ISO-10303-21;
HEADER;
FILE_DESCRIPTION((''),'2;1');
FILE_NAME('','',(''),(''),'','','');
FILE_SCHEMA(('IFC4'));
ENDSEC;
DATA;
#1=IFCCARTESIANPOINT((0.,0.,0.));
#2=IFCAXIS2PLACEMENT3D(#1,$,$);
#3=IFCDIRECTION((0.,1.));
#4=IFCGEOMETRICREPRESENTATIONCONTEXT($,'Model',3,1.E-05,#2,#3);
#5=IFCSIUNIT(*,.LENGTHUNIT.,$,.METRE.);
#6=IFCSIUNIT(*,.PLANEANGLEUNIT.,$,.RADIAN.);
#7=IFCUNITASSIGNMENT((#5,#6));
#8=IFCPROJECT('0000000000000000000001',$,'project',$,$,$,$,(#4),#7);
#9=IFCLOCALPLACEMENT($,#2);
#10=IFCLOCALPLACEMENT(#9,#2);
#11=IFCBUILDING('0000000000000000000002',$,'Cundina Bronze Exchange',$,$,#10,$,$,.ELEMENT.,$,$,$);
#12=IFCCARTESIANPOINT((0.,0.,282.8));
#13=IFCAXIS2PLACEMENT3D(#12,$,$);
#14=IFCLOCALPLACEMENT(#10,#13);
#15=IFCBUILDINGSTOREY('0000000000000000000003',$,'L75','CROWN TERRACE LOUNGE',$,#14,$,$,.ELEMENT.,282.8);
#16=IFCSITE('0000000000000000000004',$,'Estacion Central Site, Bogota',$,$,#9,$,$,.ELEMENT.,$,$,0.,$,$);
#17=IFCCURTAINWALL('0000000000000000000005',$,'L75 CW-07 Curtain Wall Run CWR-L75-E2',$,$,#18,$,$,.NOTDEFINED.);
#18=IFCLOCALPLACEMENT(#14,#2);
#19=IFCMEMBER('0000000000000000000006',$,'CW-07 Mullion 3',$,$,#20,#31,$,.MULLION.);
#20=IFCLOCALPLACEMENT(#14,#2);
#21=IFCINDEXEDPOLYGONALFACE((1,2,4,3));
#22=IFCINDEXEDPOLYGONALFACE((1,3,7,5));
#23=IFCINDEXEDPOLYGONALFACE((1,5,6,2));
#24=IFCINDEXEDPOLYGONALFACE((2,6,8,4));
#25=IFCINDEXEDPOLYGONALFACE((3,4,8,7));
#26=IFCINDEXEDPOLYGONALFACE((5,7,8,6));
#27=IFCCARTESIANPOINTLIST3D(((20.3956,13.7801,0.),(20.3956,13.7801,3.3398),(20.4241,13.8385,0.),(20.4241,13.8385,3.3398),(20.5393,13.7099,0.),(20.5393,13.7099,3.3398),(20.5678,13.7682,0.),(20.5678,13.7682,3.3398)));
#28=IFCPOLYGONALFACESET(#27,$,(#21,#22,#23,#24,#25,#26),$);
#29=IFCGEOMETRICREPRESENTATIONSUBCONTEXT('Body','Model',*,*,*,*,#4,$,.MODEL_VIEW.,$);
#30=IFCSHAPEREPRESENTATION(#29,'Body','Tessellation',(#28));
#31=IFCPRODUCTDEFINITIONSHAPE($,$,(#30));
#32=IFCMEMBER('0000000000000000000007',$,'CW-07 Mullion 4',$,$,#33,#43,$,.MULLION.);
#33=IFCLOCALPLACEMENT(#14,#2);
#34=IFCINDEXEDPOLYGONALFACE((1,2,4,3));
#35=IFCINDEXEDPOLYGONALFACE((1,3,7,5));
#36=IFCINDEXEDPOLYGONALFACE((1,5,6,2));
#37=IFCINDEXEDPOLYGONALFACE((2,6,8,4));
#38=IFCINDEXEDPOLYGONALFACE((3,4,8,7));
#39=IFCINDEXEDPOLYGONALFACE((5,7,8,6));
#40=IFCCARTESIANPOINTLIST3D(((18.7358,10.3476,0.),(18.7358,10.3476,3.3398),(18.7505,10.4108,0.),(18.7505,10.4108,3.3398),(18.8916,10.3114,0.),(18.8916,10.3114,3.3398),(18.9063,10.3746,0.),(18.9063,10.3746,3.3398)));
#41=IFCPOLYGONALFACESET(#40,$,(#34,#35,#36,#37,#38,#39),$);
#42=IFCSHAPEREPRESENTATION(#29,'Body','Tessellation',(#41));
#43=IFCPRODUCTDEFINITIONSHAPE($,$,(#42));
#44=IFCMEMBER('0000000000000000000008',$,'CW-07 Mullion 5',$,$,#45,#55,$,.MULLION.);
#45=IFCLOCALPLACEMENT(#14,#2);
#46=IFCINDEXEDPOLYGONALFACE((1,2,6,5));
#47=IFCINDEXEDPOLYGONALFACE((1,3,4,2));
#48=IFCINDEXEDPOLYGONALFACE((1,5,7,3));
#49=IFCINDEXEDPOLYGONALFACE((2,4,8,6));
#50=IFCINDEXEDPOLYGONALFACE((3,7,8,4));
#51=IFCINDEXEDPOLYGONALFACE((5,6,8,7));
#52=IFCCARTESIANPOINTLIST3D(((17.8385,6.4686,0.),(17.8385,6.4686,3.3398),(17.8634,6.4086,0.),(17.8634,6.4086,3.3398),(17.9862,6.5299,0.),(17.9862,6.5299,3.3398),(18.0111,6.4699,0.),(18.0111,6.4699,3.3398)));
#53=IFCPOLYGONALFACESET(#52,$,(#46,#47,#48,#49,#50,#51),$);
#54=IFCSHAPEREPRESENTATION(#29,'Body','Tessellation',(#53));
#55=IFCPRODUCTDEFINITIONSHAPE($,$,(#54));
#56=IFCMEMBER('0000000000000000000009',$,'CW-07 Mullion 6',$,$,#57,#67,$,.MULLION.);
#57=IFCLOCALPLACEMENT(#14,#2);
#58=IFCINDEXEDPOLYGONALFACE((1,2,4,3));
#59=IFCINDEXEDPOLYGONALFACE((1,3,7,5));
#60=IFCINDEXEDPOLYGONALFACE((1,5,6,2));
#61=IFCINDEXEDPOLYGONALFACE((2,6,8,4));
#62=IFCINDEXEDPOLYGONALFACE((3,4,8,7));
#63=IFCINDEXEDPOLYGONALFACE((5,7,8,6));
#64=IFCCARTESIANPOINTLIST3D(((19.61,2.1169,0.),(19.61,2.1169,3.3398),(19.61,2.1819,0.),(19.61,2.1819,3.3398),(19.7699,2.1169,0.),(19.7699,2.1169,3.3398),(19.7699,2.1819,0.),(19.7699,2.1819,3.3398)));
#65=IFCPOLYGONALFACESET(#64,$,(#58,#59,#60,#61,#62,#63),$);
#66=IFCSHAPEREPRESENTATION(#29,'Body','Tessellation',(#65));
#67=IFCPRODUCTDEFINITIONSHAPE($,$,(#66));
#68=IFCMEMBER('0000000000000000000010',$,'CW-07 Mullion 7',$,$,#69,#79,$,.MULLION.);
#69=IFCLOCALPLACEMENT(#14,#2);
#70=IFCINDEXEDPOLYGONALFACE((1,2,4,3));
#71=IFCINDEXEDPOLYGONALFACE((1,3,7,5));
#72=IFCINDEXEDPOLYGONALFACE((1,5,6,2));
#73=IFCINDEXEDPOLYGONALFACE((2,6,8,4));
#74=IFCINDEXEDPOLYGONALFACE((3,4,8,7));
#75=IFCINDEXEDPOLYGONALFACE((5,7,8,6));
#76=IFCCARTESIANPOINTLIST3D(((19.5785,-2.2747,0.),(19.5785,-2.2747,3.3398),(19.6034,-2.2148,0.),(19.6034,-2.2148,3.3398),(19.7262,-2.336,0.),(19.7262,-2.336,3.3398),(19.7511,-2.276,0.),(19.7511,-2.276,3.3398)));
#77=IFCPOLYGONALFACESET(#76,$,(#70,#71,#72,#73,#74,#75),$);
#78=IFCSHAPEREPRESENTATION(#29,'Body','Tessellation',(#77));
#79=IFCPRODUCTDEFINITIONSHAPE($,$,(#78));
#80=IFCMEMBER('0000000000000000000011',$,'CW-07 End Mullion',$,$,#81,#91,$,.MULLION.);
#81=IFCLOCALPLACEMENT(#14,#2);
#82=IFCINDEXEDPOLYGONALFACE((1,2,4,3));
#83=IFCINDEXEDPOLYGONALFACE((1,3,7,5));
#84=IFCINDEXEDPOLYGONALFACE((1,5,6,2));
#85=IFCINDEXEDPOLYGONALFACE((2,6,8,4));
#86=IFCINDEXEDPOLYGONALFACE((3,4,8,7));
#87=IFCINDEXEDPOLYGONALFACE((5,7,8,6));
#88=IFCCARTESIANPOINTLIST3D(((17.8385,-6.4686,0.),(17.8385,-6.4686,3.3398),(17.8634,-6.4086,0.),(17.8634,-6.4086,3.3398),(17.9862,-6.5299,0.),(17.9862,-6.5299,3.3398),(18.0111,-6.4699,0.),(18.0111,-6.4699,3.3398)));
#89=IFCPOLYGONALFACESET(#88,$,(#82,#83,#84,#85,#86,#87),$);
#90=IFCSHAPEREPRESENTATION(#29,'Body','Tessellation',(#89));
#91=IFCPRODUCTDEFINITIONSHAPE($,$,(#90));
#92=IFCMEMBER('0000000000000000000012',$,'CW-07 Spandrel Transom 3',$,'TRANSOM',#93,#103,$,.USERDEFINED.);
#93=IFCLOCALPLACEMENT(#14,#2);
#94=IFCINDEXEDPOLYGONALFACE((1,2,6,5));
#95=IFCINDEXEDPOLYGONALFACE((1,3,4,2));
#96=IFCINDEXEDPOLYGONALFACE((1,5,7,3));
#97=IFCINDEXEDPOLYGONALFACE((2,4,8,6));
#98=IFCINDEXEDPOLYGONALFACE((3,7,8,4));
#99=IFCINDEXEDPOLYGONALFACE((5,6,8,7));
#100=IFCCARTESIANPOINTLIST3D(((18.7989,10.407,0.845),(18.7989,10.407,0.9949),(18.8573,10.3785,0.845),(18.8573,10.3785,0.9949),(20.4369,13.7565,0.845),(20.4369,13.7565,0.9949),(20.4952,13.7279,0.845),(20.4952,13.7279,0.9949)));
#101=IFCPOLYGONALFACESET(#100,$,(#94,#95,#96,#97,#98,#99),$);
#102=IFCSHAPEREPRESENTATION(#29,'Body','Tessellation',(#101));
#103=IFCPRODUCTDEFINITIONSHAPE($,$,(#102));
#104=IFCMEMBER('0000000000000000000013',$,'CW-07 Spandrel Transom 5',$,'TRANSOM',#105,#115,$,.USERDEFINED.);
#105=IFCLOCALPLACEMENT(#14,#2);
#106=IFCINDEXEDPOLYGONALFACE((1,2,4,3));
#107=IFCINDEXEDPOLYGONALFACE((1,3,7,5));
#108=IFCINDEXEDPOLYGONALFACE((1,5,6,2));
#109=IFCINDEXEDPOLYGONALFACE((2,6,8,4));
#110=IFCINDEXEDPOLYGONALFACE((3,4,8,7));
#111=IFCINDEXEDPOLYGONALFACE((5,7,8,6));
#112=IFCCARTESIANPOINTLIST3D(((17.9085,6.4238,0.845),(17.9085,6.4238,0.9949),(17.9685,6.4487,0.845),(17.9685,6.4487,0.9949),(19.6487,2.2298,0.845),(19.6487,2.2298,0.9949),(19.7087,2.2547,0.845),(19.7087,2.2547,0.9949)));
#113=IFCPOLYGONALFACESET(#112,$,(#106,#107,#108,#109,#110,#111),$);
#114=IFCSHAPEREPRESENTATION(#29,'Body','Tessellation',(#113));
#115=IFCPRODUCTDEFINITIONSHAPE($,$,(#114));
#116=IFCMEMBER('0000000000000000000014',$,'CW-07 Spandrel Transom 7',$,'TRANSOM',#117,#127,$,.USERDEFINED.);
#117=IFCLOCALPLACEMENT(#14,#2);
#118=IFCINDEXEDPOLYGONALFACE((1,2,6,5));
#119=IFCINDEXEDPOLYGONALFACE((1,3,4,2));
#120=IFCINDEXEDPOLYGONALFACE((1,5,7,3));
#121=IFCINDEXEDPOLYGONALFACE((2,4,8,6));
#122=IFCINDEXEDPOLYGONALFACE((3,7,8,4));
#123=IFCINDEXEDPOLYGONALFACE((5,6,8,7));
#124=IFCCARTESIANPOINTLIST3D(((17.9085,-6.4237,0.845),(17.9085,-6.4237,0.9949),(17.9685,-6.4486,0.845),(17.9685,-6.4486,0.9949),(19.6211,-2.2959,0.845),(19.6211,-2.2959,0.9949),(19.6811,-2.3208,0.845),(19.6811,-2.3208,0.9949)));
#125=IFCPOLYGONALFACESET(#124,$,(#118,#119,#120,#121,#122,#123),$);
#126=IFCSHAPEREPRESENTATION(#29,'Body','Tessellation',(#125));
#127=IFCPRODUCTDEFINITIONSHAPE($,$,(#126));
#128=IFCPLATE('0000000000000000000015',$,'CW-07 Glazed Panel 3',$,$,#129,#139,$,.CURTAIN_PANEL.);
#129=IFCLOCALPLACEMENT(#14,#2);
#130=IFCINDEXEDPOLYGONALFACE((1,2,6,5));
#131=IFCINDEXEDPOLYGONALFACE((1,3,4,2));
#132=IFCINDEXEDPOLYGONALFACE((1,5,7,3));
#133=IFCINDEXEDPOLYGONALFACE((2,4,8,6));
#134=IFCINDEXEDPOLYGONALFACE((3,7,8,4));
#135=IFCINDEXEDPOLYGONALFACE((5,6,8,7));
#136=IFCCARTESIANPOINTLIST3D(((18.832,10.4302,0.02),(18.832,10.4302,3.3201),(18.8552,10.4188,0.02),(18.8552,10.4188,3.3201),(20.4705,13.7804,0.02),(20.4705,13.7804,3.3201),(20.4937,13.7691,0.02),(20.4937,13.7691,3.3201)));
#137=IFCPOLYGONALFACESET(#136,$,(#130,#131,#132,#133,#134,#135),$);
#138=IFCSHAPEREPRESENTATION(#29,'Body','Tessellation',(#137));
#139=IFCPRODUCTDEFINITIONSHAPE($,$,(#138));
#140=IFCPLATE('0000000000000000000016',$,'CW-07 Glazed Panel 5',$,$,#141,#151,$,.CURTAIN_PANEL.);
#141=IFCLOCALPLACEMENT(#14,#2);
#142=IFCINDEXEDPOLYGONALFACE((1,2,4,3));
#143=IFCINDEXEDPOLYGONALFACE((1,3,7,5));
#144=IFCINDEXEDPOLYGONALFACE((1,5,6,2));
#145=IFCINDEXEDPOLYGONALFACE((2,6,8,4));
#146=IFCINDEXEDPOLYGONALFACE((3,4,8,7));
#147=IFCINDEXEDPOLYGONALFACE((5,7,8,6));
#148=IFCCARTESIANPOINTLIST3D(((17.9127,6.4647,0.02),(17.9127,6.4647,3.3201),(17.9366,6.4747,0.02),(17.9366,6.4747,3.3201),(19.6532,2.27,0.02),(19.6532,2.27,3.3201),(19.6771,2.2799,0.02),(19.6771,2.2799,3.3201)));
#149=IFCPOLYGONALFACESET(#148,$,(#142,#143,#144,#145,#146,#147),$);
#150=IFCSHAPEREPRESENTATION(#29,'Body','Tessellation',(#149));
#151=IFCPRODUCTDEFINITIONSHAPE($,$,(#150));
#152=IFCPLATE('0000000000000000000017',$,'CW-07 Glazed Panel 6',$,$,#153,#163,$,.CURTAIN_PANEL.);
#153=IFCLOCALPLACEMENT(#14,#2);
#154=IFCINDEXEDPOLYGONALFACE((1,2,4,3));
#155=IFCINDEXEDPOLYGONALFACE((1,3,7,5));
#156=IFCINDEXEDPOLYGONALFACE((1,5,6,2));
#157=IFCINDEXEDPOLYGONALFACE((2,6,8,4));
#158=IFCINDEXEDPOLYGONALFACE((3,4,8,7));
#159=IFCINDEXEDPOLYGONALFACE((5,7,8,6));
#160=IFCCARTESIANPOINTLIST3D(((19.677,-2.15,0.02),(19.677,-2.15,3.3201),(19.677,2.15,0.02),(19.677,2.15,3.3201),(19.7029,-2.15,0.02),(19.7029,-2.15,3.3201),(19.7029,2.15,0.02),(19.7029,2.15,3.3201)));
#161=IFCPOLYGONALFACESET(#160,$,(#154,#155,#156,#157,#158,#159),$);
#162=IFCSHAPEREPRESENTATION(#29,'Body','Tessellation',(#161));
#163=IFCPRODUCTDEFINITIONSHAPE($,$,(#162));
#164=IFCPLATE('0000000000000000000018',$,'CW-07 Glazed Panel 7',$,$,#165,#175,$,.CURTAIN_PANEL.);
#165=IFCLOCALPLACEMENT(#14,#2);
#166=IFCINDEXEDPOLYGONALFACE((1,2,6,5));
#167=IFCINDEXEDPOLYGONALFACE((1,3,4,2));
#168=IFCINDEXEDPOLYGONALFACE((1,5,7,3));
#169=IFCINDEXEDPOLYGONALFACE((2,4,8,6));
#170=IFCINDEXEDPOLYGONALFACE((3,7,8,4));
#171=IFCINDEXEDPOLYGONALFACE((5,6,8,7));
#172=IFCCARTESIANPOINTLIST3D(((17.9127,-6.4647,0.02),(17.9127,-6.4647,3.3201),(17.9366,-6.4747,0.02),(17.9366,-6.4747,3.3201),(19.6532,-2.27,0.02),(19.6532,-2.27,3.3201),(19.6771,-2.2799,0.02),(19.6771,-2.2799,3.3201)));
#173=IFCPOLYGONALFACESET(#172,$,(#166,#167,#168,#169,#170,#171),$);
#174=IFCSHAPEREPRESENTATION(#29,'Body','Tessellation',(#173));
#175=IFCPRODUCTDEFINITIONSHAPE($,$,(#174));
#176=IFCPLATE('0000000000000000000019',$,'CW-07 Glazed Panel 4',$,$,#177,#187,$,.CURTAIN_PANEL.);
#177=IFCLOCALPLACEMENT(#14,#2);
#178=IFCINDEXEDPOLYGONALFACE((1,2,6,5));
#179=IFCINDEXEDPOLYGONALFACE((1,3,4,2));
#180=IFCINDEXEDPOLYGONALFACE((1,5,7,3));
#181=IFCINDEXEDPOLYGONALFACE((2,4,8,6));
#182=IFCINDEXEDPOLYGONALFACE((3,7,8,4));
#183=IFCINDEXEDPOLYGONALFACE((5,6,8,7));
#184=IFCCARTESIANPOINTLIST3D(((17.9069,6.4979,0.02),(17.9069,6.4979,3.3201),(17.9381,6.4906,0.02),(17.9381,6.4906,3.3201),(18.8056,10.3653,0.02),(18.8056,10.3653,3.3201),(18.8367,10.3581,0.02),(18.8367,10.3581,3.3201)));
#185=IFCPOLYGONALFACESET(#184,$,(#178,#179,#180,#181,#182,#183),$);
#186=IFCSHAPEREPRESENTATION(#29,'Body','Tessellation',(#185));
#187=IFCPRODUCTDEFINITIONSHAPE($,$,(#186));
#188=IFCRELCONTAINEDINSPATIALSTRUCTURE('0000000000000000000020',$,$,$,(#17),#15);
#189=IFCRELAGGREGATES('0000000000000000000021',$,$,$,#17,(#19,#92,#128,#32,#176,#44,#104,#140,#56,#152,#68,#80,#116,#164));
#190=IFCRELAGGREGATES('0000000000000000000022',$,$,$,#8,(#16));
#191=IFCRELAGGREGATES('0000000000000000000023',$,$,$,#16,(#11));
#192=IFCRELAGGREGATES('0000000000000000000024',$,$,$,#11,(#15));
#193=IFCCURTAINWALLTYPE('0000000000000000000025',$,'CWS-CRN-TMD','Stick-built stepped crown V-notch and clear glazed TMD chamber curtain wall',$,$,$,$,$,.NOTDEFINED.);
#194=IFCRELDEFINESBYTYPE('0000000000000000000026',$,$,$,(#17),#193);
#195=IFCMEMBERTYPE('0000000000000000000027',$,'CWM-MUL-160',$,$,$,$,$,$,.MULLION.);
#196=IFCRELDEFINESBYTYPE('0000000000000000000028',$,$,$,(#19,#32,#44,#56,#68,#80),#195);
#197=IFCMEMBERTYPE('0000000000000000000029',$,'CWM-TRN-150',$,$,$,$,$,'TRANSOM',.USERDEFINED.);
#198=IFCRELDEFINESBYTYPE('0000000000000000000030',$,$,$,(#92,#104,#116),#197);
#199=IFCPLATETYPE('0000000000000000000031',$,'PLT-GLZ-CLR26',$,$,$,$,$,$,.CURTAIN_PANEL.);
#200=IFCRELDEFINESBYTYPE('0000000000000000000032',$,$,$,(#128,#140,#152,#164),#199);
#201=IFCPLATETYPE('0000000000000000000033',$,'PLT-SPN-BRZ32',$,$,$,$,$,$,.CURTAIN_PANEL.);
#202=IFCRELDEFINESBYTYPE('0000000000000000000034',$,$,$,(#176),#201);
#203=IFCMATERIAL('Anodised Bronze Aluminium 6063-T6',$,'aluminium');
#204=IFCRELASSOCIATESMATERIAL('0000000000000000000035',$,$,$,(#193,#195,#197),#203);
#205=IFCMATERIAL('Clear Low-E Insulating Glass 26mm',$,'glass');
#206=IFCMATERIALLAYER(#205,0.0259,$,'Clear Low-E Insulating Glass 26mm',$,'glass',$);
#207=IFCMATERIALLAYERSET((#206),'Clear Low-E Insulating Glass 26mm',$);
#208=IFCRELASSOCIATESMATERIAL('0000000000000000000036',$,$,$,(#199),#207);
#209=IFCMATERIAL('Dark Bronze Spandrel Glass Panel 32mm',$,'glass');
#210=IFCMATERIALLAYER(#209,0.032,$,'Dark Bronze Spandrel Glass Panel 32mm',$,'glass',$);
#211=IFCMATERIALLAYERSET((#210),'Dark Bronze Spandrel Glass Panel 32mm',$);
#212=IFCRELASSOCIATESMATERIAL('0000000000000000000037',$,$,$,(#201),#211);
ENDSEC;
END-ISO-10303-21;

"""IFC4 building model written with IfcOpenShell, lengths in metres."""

from ifc_helpers import new_model, si_unit, direction, frame, origin, origin_2d, place, context, subcontext, project, spatial, rectangle, extrude, material, layer, layer_set, material_profile, profile_set, type_object, element, aggregate, save


model = new_model("IFC4")

# Units and contexts
model_context = context("Model", 3, precision=1e-05, world=origin(), true_north=direction((0.0, 1.0)))
body_context = subcontext(model_context, "Body", "Model", "MODEL_VIEW")
ifc_project = project(units=[si_unit("LENGTHUNIT", "METRE"), si_unit("PLANEANGLEUNIT", "RADIAN")], contexts=[model_context])

# Site, building, storey
site_placement = place(None, origin())
site = spatial("IfcSite", under=ifc_project, at=site_placement, Name="Estacion Central Site, Bogota", CompositionType="ELEMENT", RefElevation=0.0)
building_placement = place(site_placement, origin())
building = spatial("IfcBuilding", under=site, at=building_placement, Name="Cundina Bronze Exchange", CompositionType="ELEMENT")
storey_placement = place(building_placement, frame((0.0, 0.0, 282.8)))
storey = spatial("IfcBuildingStorey", under=building, at=storey_placement, Name="L75", Description="CROWN TERRACE LOUNGE", CompositionType="ELEMENT", Elevation=282.8)

# Curtain wall, members, plates
ifc_material_1 = material(Name="Anodised Bronze Aluminium 6063-T6", Category="aluminium")
curtain_wall_type = type_object("IfcCurtainWallType", Name="CWS-CRN-TMD", Description="Stick-built stepped crown V-notch and clear glazed TMD chamber curtain wall", PredefinedType="NOTDEFINED", material=ifc_material_1)
curtain_wall_placement = place(storey_placement, origin())
curtain_wall = element("IfcCurtainWall", 1, at=curtain_wall_placement, inside=storey, type_object=curtain_wall_type, Name="L75 CW-07 Curtain Wall Run CWR-L75-E2", PredefinedType="NOTDEFINED")
ifc_material_profile_1 = material_profile(ifc_material_1, rectangle(XDim=0.0649, YDim=0.1599, at=origin_2d()), Name="AL65X160", Category="aluminium")
ifc_profile_set_1 = profile_set([ifc_material_profile_1], Name="Anodised Bronze Aluminium 6063-T6")
member_type_1 = type_object("IfcMemberType", Name="CWM-MUL-160", PredefinedType="MULLION", material=ifc_profile_set_1)
member_1_placement = place(storey_placement, frame((20.4817, 13.7742, 0.0), z_axis=(0.0, 0.0, 1.0), x_axis=(-0.439312, -0.898334, 0.0)))
member_1 = element("IfcMember", 2, at=member_1_placement, type_object=member_type_1, Name="CW-07 Mullion 3", PredefinedType="MULLION", context=body_context, shape_type="SweptSolid", body=[
    extrude(rectangle(XDim=0.0649, YDim=0.1599, at=origin_2d()), origin(), (0.0, 0.0, 1.0), 3.3398),
])
member_2_placement = place(storey_placement, frame((18.821, 10.3611, 0.0), z_axis=(0.0, 0.0, 1.0), x_axis=(-0.226311, -0.974055, 0.0)))
member_2 = element("IfcMember", 3, at=member_2_placement, type_object=member_type_1, Name="CW-07 Mullion 4", PredefinedType="MULLION", context=body_context, shape_type="SweptSolid", body=[
    extrude(rectangle(XDim=0.0649, YDim=0.1599, at=origin_2d()), origin(), (0.0, 0.0, 1.0), 3.3398),
])
member_3_placement = place(storey_placement, frame((17.9248, 6.4692, 0.0), z_axis=(0.0, 0.0, 1.0), x_axis=(0.383167, -0.923679, 0.0)))
member_3 = element("IfcMember", 4, at=member_3_placement, type_object=member_type_1, Name="CW-07 Mullion 5", PredefinedType="MULLION", context=body_context, shape_type="SweptSolid", body=[
    extrude(rectangle(XDim=0.0649, YDim=0.1599, at=origin_2d()), origin(), (0.0, 0.0, 1.0), 3.3398),
])
member_4_placement = place(storey_placement, frame((19.6899, 2.1494, 0.0), z_axis=(0.0, 0.0, 1.0), x_axis=(0.0, -1.0, 0.0)))
member_4 = element("IfcMember", 5, at=member_4_placement, type_object=member_type_1, Name="CW-07 Mullion 6", PredefinedType="MULLION", context=body_context, shape_type="SweptSolid", body=[
    extrude(rectangle(XDim=0.0649, YDim=0.1599, at=origin_2d()), origin(), (0.0, 0.0, 1.0), 3.3398),
])
member_5_placement = place(storey_placement, frame((19.6648, -2.2754, 0.0), z_axis=(0.0, 0.0, 1.0), x_axis=(-0.383167, -0.923679, 0.0)))
member_5 = element("IfcMember", 6, at=member_5_placement, type_object=member_type_1, Name="CW-07 Mullion 7", PredefinedType="MULLION", context=body_context, shape_type="SweptSolid", body=[
    extrude(rectangle(XDim=0.0649, YDim=0.1599, at=origin_2d()), origin(), (0.0, 0.0, 1.0), 3.3398),
])
member_6_placement = place(storey_placement, frame((17.9248, -6.4692, 0.0), z_axis=(0.0, 0.0, 1.0), x_axis=(-0.383167, -0.923679, 0.0)))
member_6 = element("IfcMember", 7, at=member_6_placement, type_object=member_type_1, Name="CW-07 End Mullion", PredefinedType="MULLION", context=body_context, shape_type="SweptSolid", body=[
    extrude(rectangle(XDim=0.0649, YDim=0.1599, at=origin_2d()), origin(), (0.0, 0.0, 1.0), 3.3398),
])
ifc_material_profile_2 = material_profile(ifc_material_1, rectangle(XDim=0.0649, YDim=0.1499, at=origin_2d()), Name="AL65X150", Category="aluminium")
ifc_profile_set_2 = profile_set([ifc_material_profile_2], Name="Anodised Bronze Aluminium 6063-T6")
member_type_2 = type_object("IfcMemberType", Name="CWM-TRN-150", ElementType="TRANSOM", PredefinedType="USERDEFINED", material=ifc_profile_set_2)
member_7_placement = place(storey_placement, frame((20.4661, 13.7422, 0.9199), z_axis=(-0.439312, -0.898334, 0.0), x_axis=(0.898334, -0.439312, 0.0)))
member_7 = element("IfcMember", 8, at=member_7_placement, type_object=member_type_2, Name="CW-07 Spandrel Transom 3", ObjectType="TRANSOM", PredefinedType="USERDEFINED", context=body_context, shape_type="SweptSolid", body=[
    extrude(rectangle(XDim=0.0649, YDim=0.1499, at=origin_2d()), origin(), (0.0, 0.0, 1.0), 3.7285),
])
member_8_placement = place(storey_placement, frame((17.9385, 6.4363, 0.9199), z_axis=(0.383244, -0.923647, 0.0), x_axis=(0.923647, 0.383244, 0.0)))
member_8 = element("IfcMember", 9, at=member_8_placement, type_object=member_type_2, Name="CW-07 Spandrel Transom 5", ObjectType="TRANSOM", PredefinedType="USERDEFINED", context=body_context, shape_type="SweptSolid", body=[
    extrude(rectangle(XDim=0.0649, YDim=0.1499, at=origin_2d()), origin(), (0.0, 0.0, 1.0), 4.5408),
])
member_9_placement = place(storey_placement, frame((19.6511, -2.3083, 0.9199), z_axis=(-0.383219, -0.923658, 0.0), x_axis=(0.923658, -0.383219, 0.0)))
member_9 = element("IfcMember", 10, at=member_9_placement, type_object=member_type_2, Name="CW-07 Spandrel Transom 7", ObjectType="TRANSOM", PredefinedType="USERDEFINED", context=body_context, shape_type="SweptSolid", body=[
    extrude(rectangle(XDim=0.0649, YDim=0.1499, at=origin_2d()), origin(), (0.0, 0.0, 1.0), 4.469),
])
ifc_material_2 = material(Name="Clear Low-E Insulating Glass 26mm", Category="glass")
ifc_layer_1 = layer(ifc_material_2, 0.0259, Name="Clear Low-E Insulating Glass 26mm", Category="glass")
ifc_layer_set_1 = layer_set([ifc_layer_1], Name="Clear Low-E Insulating Glass 26mm")
plate_type_1 = type_object("IfcPlateType", Name="PLT-GLZ-CLR26", PredefinedType="CURTAIN_PANEL", material=ifc_layer_set_1)
plate_1_placement = place(storey_placement, frame((19.6628, 12.0996, 0.02), z_axis=(0.0, 0.0, 1.0), x_axis=(-0.439343, -0.898319, 0.0)))
plate_1 = element("IfcPlate", 11, at=plate_1_placement, type_object=plate_type_1, Name="CW-07 Glazed Panel 3", PredefinedType="CURTAIN_PANEL", context=body_context, shape_type="SweptSolid", body=[
    extrude(rectangle(XDim=3.7295, YDim=0.0259, at=origin_2d()), origin(), (0.0, 0.0, 1.0), 3.3),
])
plate_2_placement = place(storey_placement, frame((18.7949, 4.3723, 0.02), z_axis=(0.0, 0.0, 1.0), x_axis=(0.383232, -0.923652, 0.0)))
plate_2 = element("IfcPlate", 12, at=plate_2_placement, type_object=plate_type_1, Name="CW-07 Glazed Panel 5", PredefinedType="CURTAIN_PANEL", context=body_context, shape_type="SweptSolid", body=[
    extrude(rectangle(XDim=4.5415, YDim=0.0259, at=origin_2d()), origin(), (0.0, 0.0, 1.0), 3.3),
])
plate_3_placement = place(storey_placement, frame((19.6899, 0.0, 0.02), z_axis=(0.0, 0.0, 1.0), x_axis=(0.0, -1.0, 0.0)))
plate_3 = element("IfcPlate", 13, at=plate_3_placement, type_object=plate_type_1, Name="CW-07 Glazed Panel 6", PredefinedType="CURTAIN_PANEL", context=body_context, shape_type="SweptSolid", body=[
    extrude(rectangle(XDim=4.3, YDim=0.0259, at=origin_2d()), origin(), (0.0, 0.0, 1.0), 3.3),
])
plate_4_placement = place(storey_placement, frame((18.7949, -4.3723, 0.02), z_axis=(0.0, 0.0, 1.0), x_axis=(-0.383232, -0.923652, 0.0)))
plate_4 = element("IfcPlate", 14, at=plate_4_placement, type_object=plate_type_1, Name="CW-07 Glazed Panel 7", PredefinedType="CURTAIN_PANEL", context=body_context, shape_type="SweptSolid", body=[
    extrude(rectangle(XDim=4.5415, YDim=0.0259, at=origin_2d()), origin(), (0.0, 0.0, 1.0), 3.3),
])
ifc_material_3 = material(Name="Dark Bronze Spandrel Glass Panel 32mm", Category="glass")
ifc_layer_2 = layer(ifc_material_3, 0.032, Name="Dark Bronze Spandrel Glass Panel 32mm", Category="glass")
ifc_layer_set_2 = layer_set([ifc_layer_2], Name="Dark Bronze Spandrel Glass Panel 32mm")
plate_type_2 = type_object("IfcPlateType", Name="PLT-SPN-BRZ32", PredefinedType="CURTAIN_PANEL", material=ifc_layer_set_2)
plate_5_placement = place(storey_placement, frame((18.3718, 8.428, 0.02), z_axis=(0.0, 0.0, 1.0), x_axis=(-0.226328, -0.974051, 0.0)))
plate_5 = element("IfcPlate", 15, at=plate_5_placement, type_object=plate_type_2, Name="CW-07 Glazed Panel 4", PredefinedType="CURTAIN_PANEL", context=body_context, shape_type="SweptSolid", body=[
    extrude(rectangle(XDim=3.9705, YDim=0.032, at=origin_2d()), origin(), (0.0, 0.0, 1.0), 3.3),
])
aggregate(curtain_wall, [member_1, member_7, plate_1, member_2, plate_5, member_3, member_8, plate_2, member_4, plate_3, member_5, member_6, member_9, plate_4])

save(model, "model.ifc")
